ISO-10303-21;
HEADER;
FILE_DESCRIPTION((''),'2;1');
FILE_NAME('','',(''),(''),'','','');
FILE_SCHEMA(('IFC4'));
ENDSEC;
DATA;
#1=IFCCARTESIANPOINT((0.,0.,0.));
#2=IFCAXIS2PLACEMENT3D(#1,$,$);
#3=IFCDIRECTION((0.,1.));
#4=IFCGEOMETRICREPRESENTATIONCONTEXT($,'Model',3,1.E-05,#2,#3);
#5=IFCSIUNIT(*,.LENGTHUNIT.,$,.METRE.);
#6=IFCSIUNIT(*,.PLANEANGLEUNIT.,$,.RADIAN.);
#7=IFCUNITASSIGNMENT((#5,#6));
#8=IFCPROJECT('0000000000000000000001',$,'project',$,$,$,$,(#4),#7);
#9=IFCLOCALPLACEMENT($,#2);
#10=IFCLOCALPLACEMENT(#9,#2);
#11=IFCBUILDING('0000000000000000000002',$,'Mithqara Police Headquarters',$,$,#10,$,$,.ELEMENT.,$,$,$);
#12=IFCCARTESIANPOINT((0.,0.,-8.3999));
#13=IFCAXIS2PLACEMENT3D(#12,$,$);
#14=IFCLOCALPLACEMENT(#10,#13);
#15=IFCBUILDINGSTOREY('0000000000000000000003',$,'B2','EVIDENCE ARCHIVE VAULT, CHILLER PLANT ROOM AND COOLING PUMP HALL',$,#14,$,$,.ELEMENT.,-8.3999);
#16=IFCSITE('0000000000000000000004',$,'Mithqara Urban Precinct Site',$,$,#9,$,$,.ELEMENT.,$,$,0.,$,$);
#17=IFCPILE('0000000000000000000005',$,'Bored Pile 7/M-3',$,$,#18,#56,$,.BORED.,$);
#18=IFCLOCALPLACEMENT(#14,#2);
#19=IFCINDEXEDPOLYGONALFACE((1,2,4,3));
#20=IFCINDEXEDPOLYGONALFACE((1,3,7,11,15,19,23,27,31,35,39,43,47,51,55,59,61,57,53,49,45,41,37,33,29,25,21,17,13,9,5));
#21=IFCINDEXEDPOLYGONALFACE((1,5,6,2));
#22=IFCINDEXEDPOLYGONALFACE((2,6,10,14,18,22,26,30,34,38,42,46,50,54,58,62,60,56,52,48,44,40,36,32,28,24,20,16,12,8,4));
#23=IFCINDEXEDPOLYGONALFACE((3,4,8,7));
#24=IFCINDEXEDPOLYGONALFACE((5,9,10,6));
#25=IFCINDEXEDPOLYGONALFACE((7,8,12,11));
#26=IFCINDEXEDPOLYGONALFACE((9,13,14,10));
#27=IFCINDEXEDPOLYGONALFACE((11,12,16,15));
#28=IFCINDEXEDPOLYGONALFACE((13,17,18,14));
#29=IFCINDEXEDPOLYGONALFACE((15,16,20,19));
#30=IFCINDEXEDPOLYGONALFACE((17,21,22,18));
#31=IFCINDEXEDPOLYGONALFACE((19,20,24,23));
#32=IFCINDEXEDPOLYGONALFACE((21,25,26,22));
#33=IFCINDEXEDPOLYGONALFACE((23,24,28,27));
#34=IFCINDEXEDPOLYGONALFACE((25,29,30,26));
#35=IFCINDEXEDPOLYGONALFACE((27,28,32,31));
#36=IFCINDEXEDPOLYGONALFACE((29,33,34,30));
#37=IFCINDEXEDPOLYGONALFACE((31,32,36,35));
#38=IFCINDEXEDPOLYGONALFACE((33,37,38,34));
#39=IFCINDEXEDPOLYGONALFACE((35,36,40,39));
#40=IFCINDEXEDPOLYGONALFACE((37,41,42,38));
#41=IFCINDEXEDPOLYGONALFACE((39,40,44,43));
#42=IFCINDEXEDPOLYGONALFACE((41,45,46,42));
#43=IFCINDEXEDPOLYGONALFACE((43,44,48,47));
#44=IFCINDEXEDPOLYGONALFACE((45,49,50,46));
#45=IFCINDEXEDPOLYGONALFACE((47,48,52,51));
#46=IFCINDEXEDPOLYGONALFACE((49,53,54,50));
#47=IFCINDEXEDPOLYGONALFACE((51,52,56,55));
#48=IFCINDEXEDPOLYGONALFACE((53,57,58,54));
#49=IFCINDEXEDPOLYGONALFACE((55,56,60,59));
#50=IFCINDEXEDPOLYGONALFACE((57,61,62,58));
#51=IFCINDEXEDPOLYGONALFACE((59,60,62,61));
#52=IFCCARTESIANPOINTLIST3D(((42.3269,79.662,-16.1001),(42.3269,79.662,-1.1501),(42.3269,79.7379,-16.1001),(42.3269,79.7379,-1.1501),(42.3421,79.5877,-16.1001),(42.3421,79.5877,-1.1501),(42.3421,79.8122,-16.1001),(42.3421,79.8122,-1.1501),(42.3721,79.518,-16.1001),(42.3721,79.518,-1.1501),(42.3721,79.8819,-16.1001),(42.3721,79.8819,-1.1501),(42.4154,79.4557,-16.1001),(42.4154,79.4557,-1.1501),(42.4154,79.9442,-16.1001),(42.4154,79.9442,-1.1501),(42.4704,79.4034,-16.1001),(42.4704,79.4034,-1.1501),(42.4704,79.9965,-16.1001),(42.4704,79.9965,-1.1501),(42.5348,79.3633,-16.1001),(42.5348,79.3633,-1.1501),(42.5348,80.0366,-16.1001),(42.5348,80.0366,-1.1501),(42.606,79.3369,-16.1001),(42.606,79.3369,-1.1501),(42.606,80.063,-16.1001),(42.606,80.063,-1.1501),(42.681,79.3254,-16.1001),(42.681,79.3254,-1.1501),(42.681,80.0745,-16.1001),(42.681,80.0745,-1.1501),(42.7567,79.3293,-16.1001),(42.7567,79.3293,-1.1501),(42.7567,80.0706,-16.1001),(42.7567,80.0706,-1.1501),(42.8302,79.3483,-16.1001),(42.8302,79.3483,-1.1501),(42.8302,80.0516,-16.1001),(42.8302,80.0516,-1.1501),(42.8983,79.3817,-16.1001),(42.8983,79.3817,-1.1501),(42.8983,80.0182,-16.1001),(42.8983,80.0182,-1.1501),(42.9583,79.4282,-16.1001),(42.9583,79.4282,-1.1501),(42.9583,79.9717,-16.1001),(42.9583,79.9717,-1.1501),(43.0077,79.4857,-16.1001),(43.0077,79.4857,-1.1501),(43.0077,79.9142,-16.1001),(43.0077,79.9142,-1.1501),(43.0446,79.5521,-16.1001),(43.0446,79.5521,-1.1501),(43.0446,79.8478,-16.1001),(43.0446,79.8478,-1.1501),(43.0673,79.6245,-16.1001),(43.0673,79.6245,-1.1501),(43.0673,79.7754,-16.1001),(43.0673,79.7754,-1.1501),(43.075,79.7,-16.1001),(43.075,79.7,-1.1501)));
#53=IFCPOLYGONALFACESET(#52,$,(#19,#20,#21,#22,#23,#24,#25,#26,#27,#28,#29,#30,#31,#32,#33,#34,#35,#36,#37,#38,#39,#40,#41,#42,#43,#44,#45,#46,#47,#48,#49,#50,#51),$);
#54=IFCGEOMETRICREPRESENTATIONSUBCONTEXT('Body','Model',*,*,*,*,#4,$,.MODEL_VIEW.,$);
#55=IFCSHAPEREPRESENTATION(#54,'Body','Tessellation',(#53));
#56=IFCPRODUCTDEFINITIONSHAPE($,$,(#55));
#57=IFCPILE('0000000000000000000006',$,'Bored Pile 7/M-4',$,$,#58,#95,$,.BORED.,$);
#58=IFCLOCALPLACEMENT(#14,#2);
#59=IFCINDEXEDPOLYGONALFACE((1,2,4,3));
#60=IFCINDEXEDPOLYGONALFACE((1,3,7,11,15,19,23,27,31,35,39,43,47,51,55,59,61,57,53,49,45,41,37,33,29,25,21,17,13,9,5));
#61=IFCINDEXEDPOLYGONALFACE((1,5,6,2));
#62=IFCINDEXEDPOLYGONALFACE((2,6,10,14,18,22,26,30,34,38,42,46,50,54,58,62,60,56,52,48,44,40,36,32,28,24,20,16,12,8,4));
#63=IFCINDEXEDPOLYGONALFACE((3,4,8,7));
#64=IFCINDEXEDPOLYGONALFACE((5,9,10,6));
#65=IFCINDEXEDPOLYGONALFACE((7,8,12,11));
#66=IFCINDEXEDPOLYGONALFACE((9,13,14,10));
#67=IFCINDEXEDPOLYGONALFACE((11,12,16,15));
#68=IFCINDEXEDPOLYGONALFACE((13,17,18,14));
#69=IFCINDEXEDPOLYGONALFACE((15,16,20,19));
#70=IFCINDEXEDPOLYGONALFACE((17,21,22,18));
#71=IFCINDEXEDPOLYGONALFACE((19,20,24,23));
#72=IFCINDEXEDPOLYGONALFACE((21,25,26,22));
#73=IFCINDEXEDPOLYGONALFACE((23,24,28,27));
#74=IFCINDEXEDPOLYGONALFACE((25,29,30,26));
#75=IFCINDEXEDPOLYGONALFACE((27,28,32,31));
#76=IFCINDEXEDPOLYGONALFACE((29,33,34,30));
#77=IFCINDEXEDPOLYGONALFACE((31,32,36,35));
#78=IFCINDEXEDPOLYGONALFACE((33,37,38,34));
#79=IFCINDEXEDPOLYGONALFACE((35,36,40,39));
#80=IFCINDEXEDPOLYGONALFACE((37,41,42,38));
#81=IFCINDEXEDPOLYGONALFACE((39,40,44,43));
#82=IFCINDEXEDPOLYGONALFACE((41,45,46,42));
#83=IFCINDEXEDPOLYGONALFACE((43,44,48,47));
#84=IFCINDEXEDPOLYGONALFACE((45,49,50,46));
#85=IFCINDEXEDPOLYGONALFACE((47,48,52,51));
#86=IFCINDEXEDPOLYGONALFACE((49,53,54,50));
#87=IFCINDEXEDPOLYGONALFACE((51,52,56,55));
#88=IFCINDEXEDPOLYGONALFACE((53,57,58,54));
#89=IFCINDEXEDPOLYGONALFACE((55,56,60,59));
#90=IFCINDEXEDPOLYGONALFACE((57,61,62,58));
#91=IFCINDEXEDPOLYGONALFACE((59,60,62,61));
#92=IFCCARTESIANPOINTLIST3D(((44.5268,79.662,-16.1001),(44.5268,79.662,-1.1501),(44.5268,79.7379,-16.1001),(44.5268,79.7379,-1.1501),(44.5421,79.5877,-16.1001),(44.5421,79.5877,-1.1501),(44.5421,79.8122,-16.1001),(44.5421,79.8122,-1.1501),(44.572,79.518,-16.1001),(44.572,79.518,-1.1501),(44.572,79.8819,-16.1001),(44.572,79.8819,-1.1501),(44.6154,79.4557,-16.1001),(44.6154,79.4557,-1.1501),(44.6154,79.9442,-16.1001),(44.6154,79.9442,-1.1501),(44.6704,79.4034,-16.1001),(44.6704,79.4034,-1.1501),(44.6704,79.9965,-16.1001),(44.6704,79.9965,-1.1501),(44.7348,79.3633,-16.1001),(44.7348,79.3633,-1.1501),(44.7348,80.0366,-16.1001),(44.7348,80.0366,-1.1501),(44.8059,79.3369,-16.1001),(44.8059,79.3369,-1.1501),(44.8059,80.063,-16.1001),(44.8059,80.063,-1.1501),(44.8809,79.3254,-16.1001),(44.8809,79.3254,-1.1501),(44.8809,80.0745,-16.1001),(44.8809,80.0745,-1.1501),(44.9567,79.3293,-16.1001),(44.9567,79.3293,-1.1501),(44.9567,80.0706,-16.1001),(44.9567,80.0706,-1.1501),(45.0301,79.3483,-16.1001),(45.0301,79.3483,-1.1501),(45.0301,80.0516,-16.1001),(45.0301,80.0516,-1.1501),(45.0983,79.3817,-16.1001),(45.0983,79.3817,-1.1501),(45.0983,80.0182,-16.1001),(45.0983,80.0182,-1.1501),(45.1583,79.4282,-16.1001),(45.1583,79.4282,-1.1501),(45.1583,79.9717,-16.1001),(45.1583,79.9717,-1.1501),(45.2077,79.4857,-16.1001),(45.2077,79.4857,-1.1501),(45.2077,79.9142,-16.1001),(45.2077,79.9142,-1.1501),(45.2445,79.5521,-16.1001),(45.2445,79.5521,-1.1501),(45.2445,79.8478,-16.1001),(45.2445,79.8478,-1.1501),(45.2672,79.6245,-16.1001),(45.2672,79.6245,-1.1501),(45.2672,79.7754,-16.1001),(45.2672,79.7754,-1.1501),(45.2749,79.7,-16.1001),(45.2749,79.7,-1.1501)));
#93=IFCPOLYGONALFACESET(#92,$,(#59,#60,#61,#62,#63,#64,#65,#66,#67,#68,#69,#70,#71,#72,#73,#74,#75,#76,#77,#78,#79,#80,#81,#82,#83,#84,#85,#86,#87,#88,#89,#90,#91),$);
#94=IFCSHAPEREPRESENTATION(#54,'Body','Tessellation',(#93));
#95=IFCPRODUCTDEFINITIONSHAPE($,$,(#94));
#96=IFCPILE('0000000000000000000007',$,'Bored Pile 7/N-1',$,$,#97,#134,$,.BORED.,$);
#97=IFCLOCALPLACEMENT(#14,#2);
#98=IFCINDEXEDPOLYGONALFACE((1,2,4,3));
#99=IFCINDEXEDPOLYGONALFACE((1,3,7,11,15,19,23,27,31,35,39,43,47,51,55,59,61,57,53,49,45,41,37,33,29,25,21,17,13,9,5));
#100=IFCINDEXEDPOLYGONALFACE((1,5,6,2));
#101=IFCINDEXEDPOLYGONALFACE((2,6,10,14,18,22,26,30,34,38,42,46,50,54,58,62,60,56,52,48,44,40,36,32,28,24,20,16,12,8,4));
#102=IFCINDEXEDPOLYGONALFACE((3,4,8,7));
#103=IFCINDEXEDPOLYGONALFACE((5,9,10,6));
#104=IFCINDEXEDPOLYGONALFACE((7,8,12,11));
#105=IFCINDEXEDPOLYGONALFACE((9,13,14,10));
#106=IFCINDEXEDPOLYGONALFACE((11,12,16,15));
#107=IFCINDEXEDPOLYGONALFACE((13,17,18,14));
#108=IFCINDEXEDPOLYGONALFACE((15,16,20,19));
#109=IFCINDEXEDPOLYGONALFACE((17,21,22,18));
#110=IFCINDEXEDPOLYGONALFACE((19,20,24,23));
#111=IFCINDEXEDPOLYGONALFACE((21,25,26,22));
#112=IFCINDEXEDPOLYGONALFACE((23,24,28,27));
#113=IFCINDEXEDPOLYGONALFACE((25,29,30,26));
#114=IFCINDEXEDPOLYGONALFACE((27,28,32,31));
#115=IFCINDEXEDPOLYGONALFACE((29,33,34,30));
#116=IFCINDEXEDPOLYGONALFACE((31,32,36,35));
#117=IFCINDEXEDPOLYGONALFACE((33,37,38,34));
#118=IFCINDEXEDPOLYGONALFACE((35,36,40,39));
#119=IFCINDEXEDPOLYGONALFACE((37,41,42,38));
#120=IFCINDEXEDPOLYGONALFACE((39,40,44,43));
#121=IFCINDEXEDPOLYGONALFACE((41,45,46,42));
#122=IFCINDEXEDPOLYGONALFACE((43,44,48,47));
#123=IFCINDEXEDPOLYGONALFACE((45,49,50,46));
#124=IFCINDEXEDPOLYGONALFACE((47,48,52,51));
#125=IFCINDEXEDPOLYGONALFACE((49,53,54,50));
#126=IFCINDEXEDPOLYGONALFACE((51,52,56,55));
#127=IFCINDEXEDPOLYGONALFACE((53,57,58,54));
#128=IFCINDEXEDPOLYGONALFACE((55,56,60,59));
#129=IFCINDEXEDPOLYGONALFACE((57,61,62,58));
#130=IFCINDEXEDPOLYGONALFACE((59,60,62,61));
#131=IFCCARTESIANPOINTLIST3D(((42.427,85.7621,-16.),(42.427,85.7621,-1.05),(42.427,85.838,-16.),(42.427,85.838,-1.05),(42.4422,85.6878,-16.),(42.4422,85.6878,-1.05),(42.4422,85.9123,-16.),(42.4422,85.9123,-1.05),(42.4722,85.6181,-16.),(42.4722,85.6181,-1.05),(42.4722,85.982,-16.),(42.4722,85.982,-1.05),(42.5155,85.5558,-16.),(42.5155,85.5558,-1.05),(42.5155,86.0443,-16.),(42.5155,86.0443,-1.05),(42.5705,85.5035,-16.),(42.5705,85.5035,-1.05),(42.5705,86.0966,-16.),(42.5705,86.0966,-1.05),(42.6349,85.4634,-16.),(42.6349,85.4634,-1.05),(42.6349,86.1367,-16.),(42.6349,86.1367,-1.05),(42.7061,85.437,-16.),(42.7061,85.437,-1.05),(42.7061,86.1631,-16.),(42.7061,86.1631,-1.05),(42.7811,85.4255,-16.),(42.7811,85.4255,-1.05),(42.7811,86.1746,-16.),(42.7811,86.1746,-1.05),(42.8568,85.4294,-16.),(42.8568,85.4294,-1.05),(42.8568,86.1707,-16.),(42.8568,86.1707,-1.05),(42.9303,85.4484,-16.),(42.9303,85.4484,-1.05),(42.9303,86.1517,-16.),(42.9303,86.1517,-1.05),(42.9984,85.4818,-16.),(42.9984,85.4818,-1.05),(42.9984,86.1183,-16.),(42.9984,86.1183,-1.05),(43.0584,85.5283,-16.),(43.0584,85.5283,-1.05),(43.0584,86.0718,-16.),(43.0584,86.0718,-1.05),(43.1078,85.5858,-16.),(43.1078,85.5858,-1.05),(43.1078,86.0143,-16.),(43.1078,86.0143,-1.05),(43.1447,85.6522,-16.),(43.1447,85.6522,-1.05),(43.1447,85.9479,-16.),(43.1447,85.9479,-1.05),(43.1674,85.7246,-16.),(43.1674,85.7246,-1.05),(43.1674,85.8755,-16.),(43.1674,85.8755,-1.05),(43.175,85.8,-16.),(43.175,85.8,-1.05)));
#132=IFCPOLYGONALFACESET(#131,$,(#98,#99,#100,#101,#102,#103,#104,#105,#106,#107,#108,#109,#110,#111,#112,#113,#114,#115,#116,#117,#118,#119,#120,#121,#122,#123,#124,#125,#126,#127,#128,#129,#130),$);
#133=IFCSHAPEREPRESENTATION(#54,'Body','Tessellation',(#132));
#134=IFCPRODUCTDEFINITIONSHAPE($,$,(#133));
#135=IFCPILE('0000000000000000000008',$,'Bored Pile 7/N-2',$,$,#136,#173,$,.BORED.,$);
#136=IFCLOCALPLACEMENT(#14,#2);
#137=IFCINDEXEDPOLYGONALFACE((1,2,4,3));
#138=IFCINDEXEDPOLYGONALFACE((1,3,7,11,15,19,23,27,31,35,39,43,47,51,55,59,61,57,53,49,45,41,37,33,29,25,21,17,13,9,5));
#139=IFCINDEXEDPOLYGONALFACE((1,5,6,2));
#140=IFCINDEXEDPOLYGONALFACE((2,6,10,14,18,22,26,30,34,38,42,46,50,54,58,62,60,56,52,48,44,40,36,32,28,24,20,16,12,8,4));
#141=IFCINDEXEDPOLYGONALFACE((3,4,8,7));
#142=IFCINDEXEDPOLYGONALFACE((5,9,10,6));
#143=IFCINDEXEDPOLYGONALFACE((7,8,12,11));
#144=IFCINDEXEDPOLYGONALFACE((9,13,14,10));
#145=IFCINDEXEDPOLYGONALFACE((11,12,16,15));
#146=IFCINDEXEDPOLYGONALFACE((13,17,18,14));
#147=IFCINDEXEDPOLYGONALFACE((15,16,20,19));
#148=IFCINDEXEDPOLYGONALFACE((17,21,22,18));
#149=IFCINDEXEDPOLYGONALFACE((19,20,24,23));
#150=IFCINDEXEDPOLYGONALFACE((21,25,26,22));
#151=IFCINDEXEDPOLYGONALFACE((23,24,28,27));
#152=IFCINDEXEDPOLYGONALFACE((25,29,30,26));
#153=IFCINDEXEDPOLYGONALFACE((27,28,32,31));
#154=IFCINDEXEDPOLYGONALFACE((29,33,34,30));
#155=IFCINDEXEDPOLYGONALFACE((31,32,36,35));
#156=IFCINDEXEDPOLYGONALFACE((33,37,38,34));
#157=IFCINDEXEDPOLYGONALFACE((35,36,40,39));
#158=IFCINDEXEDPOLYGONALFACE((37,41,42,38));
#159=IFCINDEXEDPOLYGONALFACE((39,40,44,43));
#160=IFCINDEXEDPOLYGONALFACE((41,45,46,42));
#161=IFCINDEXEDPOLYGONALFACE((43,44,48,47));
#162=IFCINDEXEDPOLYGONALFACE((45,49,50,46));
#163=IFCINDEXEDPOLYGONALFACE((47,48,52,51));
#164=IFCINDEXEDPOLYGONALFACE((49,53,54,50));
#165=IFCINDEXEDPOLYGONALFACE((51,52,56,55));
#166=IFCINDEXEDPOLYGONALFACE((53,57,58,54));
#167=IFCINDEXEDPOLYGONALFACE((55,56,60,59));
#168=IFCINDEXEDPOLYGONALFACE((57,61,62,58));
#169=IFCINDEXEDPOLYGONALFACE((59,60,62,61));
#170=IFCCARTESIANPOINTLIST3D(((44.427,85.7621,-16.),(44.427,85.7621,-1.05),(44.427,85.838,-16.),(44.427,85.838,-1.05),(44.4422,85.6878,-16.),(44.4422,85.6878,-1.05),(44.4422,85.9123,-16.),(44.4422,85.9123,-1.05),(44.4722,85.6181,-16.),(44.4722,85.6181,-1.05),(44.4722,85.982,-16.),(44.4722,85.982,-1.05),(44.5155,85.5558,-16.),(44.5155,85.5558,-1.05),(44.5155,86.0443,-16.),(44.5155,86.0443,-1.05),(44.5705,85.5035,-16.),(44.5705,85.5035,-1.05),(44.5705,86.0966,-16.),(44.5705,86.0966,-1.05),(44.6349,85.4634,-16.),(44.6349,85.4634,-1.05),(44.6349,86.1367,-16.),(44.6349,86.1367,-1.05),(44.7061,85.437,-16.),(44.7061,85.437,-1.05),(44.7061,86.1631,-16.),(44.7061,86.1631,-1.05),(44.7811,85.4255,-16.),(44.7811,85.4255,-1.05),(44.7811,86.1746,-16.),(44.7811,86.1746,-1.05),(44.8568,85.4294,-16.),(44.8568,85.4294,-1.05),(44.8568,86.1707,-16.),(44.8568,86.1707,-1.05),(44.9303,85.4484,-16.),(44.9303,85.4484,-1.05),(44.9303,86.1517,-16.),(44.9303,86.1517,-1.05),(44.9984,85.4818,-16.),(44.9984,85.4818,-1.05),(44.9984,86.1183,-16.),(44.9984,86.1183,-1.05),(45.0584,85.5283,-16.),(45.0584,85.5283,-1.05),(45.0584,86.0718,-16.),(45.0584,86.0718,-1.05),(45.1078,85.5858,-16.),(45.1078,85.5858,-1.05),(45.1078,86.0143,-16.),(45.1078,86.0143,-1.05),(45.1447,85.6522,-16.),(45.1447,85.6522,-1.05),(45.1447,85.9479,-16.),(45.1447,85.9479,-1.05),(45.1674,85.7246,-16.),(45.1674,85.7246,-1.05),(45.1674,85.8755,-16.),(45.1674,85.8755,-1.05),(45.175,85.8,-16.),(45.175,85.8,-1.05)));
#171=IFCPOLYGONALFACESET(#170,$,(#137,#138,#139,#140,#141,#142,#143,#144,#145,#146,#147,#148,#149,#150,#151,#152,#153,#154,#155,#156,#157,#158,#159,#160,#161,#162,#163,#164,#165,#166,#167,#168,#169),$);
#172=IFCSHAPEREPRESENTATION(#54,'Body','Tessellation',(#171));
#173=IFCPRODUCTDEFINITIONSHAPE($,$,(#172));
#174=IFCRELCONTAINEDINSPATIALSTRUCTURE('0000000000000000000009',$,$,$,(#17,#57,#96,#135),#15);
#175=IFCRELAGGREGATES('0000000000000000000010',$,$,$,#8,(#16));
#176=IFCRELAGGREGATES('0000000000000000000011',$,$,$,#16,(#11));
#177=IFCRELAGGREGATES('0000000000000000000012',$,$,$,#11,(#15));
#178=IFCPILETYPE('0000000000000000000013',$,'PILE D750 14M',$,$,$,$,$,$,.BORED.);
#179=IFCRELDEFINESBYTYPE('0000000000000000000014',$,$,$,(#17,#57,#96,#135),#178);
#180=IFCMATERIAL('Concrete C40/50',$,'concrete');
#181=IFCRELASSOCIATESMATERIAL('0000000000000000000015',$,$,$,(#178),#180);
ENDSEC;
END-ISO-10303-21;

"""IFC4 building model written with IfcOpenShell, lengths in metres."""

from ifc_helpers import new_model, si_unit, direction, frame, origin, origin_2d, place, context, subcontext, project, spatial, circle, extrude, material, material_profile, profile_set, type_object, element, save


model = new_model("IFC4")

# Units and contexts
model_context = context("Model", 3, precision=1e-05, world=origin(), true_north=direction((0.0, 1.0)))
body_context = subcontext(model_context, "Body", "Model", "MODEL_VIEW")
ifc_project = project(units=[si_unit("LENGTHUNIT", "METRE"), si_unit("PLANEANGLEUNIT", "RADIAN")], contexts=[model_context])

# Site, building, storey
site_placement = place(None, origin())
site = spatial("IfcSite", under=ifc_project, at=site_placement, Name="Mithqara Urban Precinct Site", CompositionType="ELEMENT", RefElevation=0.0)
building_placement = place(site_placement, origin())
building = spatial("IfcBuilding", under=site, at=building_placement, Name="Mithqara Police Headquarters", CompositionType="ELEMENT")
storey_placement = place(building_placement, frame((0.0, 0.0, -8.3999)))
storey = spatial("IfcBuildingStorey", under=building, at=storey_placement, Name="B2", Description="EVIDENCE ARCHIVE VAULT, CHILLER PLANT ROOM AND COOLING PUMP HALL", CompositionType="ELEMENT", Elevation=-8.3999)

# Shared definitions
ifc_material_1 = material(Name="Concrete C40/50", Category="concrete")

# Piles
ifc_material_profile_1 = material_profile(ifc_material_1, circle(Radius=0.375, at=origin_2d()), Name="PILE D750")
ifc_profile_set_1 = profile_set([ifc_material_profile_1], Name="Concrete C40/50")
pile_type_1 = type_object("IfcPileType", Name="PILE D750 14M", PredefinedType="BORED", material=ifc_profile_set_1)
for number, where, z_axis, x_axis, name in (
    (1, (42.7, 79.7, -1.1501), (0.0, 0.0, -1.0), (1.0, 0.0, 0.0), "Bored Pile 7/M-3"),
    (2, (44.8999, 79.7, -1.1501), (0.0, 0.0, -1.0), (1.0, 0.0, 0.0), "Bored Pile 7/M-4"),
    (3, (42.8, 85.8, -1.05), (0.0, 0.0, -1.0), (1.0, 0.0, 0.0), "Bored Pile 7/N-1"),
    (4, (44.8, 85.8, -1.05), (0.0, 0.0, -1.0), (1.0, 0.0, 0.0), "Bored Pile 7/N-2"),
):
    element("IfcPile", number, at=place(storey_placement, frame(where, z_axis=z_axis, x_axis=x_axis)), inside=storey, type_object=pile_type_1, Name=name, PredefinedType="BORED", context=body_context, shape_type="SweptSolid", body=[
        extrude(circle(Radius=0.375, at=origin_2d()), origin(), (0.0, 0.0, 1.0), 14.95),
    ])

save(model, "model.ifc")
